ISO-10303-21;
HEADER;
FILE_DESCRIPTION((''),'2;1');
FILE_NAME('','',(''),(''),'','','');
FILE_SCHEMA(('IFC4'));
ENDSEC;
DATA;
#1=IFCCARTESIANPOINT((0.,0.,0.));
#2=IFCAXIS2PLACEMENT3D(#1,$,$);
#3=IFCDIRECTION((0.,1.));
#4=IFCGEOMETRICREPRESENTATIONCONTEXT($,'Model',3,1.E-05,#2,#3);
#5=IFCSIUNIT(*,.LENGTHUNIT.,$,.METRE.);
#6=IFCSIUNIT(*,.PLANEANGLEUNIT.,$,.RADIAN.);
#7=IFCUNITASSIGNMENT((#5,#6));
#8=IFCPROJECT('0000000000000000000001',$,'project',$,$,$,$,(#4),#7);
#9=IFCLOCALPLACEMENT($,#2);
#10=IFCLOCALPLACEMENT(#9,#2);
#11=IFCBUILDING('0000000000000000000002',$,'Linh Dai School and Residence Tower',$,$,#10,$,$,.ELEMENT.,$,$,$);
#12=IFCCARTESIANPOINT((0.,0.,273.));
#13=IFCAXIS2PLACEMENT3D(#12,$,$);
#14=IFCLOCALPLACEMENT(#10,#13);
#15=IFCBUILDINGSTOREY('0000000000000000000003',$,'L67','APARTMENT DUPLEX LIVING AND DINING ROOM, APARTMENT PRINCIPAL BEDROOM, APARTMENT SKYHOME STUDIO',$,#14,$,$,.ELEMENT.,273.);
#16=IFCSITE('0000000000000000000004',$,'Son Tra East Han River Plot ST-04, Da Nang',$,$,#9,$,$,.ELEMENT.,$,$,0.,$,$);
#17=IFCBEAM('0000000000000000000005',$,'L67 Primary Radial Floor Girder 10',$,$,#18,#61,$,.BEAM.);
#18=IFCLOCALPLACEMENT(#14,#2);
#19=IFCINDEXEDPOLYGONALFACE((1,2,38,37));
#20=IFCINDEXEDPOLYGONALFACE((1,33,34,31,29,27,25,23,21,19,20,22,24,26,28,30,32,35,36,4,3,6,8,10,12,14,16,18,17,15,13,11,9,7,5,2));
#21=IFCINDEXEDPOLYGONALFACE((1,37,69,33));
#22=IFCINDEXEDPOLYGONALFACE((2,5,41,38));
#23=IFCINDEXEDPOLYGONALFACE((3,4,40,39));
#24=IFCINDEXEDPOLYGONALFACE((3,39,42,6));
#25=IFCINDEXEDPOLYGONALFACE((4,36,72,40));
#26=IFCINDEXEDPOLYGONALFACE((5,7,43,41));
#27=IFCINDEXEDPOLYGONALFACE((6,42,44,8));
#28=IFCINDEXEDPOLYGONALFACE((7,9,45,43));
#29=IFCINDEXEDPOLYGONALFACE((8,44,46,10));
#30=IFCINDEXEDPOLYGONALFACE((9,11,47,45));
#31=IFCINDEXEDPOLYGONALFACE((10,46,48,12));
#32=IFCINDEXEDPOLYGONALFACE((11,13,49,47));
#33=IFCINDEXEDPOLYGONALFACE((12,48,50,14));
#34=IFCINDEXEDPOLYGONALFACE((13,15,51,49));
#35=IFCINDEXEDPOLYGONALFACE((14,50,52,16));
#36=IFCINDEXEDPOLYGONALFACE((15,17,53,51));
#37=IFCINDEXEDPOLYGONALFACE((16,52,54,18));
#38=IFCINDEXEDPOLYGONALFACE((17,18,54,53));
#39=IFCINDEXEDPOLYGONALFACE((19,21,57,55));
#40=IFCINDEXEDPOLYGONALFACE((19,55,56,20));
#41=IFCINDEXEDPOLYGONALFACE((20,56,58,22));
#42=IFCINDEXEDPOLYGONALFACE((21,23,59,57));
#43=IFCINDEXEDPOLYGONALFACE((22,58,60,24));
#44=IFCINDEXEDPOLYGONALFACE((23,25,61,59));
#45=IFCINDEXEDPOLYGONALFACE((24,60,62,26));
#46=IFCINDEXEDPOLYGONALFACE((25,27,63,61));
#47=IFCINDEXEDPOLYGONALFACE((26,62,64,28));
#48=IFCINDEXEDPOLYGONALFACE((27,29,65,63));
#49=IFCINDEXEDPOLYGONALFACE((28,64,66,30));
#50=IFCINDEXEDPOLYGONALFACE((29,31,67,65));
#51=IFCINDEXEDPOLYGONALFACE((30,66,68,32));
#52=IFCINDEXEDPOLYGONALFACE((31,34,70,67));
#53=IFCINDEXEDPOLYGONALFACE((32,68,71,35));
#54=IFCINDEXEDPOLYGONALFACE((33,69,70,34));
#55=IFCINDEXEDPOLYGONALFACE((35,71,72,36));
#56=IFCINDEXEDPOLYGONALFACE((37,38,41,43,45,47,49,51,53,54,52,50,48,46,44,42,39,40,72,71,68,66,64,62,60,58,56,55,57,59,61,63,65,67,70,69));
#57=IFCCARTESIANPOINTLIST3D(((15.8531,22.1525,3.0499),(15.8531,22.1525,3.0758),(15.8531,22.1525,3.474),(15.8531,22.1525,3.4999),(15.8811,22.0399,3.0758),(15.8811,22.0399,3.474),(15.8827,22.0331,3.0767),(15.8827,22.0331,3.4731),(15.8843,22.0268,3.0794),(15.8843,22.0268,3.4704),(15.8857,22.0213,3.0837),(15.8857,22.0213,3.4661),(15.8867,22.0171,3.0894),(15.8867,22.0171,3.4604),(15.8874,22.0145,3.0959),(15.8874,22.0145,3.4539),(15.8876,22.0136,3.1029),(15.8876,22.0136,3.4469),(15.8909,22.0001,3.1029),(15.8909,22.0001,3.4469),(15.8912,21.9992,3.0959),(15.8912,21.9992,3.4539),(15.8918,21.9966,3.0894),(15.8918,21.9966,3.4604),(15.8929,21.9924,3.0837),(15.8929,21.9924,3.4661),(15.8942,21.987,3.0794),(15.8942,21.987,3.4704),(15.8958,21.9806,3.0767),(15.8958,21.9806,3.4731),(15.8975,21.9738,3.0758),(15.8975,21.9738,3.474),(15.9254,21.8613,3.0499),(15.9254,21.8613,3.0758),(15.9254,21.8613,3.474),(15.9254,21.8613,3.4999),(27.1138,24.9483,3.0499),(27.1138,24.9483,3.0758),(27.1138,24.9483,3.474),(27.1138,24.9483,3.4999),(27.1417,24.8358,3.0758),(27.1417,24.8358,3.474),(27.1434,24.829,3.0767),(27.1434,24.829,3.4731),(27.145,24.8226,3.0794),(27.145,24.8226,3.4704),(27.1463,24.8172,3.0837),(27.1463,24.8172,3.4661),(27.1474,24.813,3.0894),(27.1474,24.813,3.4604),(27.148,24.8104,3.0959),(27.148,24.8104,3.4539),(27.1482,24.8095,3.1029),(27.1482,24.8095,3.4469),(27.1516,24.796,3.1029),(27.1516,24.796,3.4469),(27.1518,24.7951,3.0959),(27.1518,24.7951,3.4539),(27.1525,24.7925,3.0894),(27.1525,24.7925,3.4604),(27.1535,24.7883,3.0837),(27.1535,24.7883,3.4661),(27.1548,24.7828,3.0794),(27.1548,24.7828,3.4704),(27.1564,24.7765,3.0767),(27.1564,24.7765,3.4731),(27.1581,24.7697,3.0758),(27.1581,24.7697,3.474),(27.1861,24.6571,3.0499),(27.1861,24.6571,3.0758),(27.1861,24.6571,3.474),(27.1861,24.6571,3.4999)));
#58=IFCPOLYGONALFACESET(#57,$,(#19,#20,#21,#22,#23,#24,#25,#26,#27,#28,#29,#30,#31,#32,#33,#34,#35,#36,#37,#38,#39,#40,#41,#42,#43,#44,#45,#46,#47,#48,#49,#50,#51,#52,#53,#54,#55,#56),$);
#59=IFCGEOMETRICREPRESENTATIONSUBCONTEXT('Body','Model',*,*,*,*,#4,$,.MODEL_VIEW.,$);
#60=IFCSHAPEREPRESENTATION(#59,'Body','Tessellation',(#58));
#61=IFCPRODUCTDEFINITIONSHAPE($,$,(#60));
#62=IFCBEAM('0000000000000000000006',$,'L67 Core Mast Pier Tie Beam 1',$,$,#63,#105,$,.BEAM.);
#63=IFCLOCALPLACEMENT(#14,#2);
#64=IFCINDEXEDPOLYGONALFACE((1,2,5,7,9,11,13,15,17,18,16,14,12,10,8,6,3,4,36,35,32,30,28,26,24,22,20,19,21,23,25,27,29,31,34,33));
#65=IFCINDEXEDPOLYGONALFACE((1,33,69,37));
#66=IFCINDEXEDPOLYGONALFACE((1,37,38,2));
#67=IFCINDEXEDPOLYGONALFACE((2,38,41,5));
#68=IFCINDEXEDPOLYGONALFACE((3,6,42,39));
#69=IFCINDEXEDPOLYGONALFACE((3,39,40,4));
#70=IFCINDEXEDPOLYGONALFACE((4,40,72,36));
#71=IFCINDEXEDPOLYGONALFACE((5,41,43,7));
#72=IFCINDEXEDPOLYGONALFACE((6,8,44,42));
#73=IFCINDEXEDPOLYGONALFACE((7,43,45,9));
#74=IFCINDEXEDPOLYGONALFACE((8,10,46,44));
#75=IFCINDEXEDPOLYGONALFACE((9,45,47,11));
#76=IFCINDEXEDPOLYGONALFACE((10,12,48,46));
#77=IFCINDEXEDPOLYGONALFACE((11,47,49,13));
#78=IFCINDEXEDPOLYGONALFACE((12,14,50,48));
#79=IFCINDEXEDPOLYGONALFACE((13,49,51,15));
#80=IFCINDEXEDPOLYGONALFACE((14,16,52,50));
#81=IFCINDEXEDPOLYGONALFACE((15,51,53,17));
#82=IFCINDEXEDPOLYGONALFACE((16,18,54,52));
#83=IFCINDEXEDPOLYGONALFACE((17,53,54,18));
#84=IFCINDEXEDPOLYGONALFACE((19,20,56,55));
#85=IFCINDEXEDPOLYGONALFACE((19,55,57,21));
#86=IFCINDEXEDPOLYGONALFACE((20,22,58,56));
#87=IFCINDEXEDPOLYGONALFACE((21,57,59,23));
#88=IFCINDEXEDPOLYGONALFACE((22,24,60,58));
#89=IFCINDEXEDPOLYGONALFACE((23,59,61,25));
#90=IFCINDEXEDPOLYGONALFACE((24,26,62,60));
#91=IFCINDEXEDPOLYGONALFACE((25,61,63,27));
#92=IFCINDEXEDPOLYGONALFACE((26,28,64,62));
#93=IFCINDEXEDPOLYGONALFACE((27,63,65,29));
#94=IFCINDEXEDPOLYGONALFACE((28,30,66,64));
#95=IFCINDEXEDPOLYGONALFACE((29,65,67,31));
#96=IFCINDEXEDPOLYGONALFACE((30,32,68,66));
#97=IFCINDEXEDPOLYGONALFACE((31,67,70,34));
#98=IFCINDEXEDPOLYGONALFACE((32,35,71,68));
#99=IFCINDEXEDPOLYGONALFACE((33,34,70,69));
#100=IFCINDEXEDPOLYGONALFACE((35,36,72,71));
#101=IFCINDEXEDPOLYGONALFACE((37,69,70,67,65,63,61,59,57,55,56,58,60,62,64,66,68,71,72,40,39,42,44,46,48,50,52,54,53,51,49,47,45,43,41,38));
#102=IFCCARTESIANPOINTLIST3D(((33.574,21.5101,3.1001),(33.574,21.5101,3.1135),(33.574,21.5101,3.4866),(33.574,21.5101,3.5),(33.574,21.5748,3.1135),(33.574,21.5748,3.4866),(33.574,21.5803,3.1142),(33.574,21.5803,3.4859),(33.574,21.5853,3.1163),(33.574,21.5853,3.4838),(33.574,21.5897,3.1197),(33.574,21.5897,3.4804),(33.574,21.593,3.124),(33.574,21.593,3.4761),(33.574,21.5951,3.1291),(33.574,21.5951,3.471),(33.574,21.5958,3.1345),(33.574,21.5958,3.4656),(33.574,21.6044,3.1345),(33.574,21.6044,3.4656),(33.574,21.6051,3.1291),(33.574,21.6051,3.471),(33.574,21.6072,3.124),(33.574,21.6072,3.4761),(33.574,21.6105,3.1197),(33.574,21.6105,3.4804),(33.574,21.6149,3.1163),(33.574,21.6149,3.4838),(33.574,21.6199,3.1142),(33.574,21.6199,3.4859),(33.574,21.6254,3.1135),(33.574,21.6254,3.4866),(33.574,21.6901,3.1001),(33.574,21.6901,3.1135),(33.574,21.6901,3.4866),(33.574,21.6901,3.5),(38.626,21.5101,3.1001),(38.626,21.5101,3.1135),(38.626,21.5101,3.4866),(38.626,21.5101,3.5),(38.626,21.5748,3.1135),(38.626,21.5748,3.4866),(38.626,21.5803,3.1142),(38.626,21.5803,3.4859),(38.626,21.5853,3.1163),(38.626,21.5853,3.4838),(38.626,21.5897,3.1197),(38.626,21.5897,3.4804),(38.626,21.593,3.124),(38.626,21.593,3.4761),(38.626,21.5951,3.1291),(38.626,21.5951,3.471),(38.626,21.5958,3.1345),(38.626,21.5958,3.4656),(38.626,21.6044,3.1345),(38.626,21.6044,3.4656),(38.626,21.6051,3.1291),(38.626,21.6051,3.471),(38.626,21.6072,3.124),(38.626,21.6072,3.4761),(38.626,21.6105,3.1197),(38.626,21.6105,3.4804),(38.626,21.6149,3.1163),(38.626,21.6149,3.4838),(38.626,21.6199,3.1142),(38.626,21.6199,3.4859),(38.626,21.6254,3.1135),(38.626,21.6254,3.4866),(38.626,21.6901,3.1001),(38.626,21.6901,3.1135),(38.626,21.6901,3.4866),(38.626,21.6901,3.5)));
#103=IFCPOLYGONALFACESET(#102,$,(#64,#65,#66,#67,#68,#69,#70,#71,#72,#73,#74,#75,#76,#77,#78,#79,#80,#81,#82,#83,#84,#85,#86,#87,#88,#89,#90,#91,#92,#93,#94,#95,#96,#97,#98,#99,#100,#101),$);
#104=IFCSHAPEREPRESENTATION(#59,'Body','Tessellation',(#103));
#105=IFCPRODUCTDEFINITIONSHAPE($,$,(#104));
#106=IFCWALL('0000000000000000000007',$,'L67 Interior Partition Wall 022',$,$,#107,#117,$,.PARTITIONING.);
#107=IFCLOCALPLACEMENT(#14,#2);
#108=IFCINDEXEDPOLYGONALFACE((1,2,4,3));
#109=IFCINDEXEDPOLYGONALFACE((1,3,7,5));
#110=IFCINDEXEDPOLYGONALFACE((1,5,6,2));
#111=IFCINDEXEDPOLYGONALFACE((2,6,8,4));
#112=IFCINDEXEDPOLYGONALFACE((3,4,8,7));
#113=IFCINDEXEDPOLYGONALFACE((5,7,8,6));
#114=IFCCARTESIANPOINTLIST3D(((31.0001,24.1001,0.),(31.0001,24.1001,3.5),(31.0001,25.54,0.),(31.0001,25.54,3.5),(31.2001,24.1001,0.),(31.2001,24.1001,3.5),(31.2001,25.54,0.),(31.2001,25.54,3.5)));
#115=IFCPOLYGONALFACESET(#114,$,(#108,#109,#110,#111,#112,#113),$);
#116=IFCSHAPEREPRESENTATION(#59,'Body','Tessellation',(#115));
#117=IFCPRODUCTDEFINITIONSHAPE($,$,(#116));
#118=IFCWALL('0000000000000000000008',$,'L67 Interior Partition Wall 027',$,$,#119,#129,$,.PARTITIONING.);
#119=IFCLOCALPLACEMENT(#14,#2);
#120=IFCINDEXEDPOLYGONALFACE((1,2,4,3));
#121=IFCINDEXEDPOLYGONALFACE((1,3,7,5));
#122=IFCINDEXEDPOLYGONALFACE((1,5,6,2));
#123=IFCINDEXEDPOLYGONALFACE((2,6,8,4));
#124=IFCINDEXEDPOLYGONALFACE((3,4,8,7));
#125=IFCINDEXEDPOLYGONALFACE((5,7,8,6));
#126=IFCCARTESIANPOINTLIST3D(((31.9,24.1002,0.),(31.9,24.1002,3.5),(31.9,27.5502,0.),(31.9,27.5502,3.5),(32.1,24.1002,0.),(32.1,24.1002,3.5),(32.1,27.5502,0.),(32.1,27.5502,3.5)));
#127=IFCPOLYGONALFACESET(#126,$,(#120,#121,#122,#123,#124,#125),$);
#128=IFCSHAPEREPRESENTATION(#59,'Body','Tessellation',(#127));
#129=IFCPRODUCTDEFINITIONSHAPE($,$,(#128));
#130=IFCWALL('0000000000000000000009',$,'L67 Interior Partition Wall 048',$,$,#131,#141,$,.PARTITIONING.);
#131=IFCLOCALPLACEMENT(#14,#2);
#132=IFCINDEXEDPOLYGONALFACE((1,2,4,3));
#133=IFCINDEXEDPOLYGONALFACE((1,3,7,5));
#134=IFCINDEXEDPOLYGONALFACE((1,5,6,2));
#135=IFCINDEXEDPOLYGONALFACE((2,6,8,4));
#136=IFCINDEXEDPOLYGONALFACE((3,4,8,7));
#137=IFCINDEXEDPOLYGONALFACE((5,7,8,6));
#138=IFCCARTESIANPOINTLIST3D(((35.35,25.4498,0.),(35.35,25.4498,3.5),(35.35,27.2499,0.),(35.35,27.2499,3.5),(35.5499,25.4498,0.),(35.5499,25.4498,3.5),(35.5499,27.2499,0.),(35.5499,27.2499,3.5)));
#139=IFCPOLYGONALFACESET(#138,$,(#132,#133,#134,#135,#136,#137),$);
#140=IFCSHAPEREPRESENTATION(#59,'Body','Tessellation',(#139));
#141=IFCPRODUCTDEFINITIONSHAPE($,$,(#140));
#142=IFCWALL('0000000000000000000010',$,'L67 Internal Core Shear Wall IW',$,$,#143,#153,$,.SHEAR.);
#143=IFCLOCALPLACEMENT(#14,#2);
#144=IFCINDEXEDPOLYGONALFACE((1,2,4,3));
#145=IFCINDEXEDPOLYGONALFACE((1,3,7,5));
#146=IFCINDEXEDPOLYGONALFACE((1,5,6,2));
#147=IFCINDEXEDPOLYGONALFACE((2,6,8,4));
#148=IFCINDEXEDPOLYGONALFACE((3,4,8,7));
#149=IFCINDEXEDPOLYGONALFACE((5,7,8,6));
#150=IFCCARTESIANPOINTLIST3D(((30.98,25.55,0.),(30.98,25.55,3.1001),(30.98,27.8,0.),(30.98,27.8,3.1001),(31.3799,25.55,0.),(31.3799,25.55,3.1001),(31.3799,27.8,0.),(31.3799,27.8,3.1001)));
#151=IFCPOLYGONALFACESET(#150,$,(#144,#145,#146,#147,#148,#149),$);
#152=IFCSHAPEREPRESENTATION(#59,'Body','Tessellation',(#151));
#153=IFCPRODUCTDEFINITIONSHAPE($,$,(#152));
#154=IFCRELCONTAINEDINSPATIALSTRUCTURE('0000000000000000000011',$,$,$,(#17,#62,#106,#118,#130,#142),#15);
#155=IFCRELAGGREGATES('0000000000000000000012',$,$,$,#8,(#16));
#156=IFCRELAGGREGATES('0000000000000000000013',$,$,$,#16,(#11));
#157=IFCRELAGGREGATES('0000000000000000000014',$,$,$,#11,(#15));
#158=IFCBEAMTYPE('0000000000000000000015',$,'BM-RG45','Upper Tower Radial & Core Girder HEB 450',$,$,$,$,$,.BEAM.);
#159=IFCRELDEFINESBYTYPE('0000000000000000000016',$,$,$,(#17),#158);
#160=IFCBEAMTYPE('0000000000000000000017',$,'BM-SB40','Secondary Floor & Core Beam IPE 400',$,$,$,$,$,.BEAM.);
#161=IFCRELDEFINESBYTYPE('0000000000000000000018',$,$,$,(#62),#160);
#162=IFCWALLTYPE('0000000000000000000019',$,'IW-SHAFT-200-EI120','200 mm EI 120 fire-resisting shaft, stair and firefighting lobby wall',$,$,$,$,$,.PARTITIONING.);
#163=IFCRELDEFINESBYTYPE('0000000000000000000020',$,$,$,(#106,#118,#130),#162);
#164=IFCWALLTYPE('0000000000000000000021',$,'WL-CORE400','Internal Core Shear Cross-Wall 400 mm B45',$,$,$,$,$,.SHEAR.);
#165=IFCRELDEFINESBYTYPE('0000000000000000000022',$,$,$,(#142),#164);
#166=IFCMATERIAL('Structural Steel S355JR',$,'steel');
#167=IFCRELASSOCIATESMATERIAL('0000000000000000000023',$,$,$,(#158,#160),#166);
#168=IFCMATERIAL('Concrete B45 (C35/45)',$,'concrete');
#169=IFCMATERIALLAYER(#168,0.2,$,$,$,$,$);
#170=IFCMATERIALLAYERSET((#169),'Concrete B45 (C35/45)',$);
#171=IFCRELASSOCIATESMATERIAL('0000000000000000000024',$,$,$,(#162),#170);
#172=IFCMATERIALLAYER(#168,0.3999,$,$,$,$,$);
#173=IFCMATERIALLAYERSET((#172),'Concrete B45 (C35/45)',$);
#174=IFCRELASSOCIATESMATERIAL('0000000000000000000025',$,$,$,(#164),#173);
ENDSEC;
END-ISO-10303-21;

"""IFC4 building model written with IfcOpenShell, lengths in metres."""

from ifc_helpers import new_model, si_unit, direction, frame, frame_2d, origin, origin_2d, place, context, subcontext, project, spatial, rectangle, i_section, extrude, material, layer, layer_set, material_profile, profile_set, type_object, element, save


model = new_model("IFC4")

# Units and contexts
model_context = context("Model", 3, precision=1e-05, world=origin(), true_north=direction((0.0, 1.0)))
body_context = subcontext(model_context, "Body", "Model", "MODEL_VIEW")
ifc_project = project(units=[si_unit("LENGTHUNIT", "METRE"), si_unit("PLANEANGLEUNIT", "RADIAN")], contexts=[model_context])

# Site, building, storey
site_placement = place(None, origin())
site = spatial("IfcSite", under=ifc_project, at=site_placement, Name="Son Tra East Han River Plot ST-04, Da Nang", CompositionType="ELEMENT", RefElevation=0.0)
building_placement = place(site_placement, origin())
building = spatial("IfcBuilding", under=site, at=building_placement, Name="Linh Dai School and Residence Tower", CompositionType="ELEMENT")
storey_placement = place(building_placement, frame((0.0, 0.0, 273.0)))
storey = spatial("IfcBuildingStorey", under=building, at=storey_placement, Name="L67", Description="APARTMENT DUPLEX LIVING AND DINING ROOM, APARTMENT PRINCIPAL BEDROOM, APARTMENT SKYHOME STUDIO", CompositionType="ELEMENT", Elevation=273.0)

# Shared definitions
ifc_material_1 = material(Name="Structural Steel S355JR", Category="steel")

# Beams
ifc_material_profile_1 = material_profile(ifc_material_1, i_section(OverallWidth=0.3, OverallDepth=0.45, WebThickness=0.0139, FlangeThickness=0.0259, FilletRadius=0.0271, at=origin_2d()), Name="HEB 450")
ifc_profile_set_1 = profile_set([ifc_material_profile_1], Name="Structural Steel S355JR")
beam_type_1 = type_object("IfcBeamType", Name="BM-RG45", Description="Upper Tower Radial & Core Girder HEB 450", PredefinedType="BEAM", material=ifc_profile_set_1)
beam_1_placement = place(storey_placement, frame((27.1499, 24.8027, 3.2749), z_axis=(-0.970532, -0.240971, 0.0), x_axis=(0.240971, -0.970532, 0.0)))
element("IfcBeam", 1, at=beam_1_placement, inside=storey, type_object=beam_type_1, Name="L67 Primary Radial Floor Girder 10", PredefinedType="BEAM", context=body_context, shape_type="SweptSolid", body=[
    extrude(i_section(OverallWidth=0.3, OverallDepth=0.45, WebThickness=0.0139, FlangeThickness=0.0259, FilletRadius=0.0271, at=origin_2d()), origin(), (0.0, 0.0, 1.0), 11.6025),
])
ifc_material_profile_2 = material_profile(ifc_material_1, i_section(OverallWidth=0.1799, OverallDepth=0.3999, WebThickness=0.0085, FlangeThickness=0.0134, FilletRadius=0.021, at=origin_2d()), Name="IPE 400")
ifc_profile_set_2 = profile_set([ifc_material_profile_2], Name="Structural Steel S355JR")
beam_type_2 = type_object("IfcBeamType", Name="BM-SB40", Description="Secondary Floor & Core Beam IPE 400", PredefinedType="BEAM", material=ifc_profile_set_2)
beam_2_placement = place(storey_placement, frame((33.574, 21.6001, 3.3), z_axis=(1.0, 0.0, 0.0), x_axis=(0.0, 1.0, 0.0)))
element("IfcBeam", 2, at=beam_2_placement, inside=storey, type_object=beam_type_2, Name="L67 Core Mast Pier Tie Beam 1", PredefinedType="BEAM", context=body_context, shape_type="SweptSolid", body=[
    extrude(i_section(OverallWidth=0.1799, OverallDepth=0.3999, WebThickness=0.0085, FlangeThickness=0.0134, FilletRadius=0.021, at=origin_2d()), origin(), (0.0, 0.0, 1.0), 5.052),
])

# Shared definitions
ifc_material_2 = material(Name="Concrete B45 (C35/45)", Category="concrete")
ifc_layer_1 = layer(ifc_material_2, 0.2)
ifc_layer_set_1 = layer_set([ifc_layer_1], Name="Concrete B45 (C35/45)")
wall_type_1 = type_object("IfcWallType", Name="IW-SHAFT-200-EI120", Description="200 mm EI 120 fire-resisting shaft, stair and firefighting lobby wall", PredefinedType="PARTITIONING", material=ifc_layer_set_1)

# Walls
wall_1_placement = place(storey_placement, frame((31.1001, 24.1001, 0.0), z_axis=(0.0, 0.0, 1.0), x_axis=(0.0, 1.0, 0.0)))
element("IfcWall", 3, at=wall_1_placement, inside=storey, type_object=wall_type_1, Name="L67 Interior Partition Wall 022", PredefinedType="PARTITIONING", context=body_context, shape_type="SweptSolid", body=[
    extrude(rectangle(XDim=1.4399, YDim=0.2, at=frame_2d((0.72, 0.0))), origin(), (0.0, 0.0, 1.0), 3.5),
])
wall_2_placement = place(storey_placement, frame((32.0, 24.1001, 0.0), z_axis=(0.0, 0.0, 1.0), x_axis=(0.0, 1.0, 0.0)))
element("IfcWall", 4, at=wall_2_placement, inside=storey, type_object=wall_type_1, Name="L67 Interior Partition Wall 027", PredefinedType="PARTITIONING", context=body_context, shape_type="SweptSolid", body=[
    extrude(rectangle(XDim=3.45, YDim=0.2, at=frame_2d((1.7251, 0.0))), origin(), (0.0, 0.0, 1.0), 3.5),
])

# Wall
wall_3_placement = place(storey_placement, frame((35.45, 25.45, 0.0), z_axis=(0.0, 0.0, 1.0), x_axis=(0.0, 1.0, 0.0)))
element("IfcWall", 5, at=wall_3_placement, inside=storey, type_object=wall_type_1, Name="L67 Interior Partition Wall 048", PredefinedType="PARTITIONING", context=body_context, shape_type="SweptSolid", body=[
    extrude(rectangle(XDim=1.8, YDim=0.2, at=frame_2d((0.8999, 0.0))), origin(), (0.0, 0.0, 1.0), 3.5),
])

# Wall
ifc_layer_2 = layer(ifc_material_2, 0.3999)
ifc_layer_set_2 = layer_set([ifc_layer_2], Name="Concrete B45 (C35/45)")
wall_type_2 = type_object("IfcWallType", Name="WL-CORE400", Description="Internal Core Shear Cross-Wall 400 mm B45", PredefinedType="SHEAR", material=ifc_layer_set_2)
wall_4_placement = place(storey_placement, frame((31.1799, 25.55, 0.0), z_axis=(0.0, 0.0, 1.0), x_axis=(0.0, 1.0, 0.0)))
element("IfcWall", 6, at=wall_4_placement, inside=storey, type_object=wall_type_2, Name="L67 Internal Core Shear Wall IW", PredefinedType="SHEAR", context=body_context, shape_type="SweptSolid", body=[
    extrude(rectangle(XDim=2.25, YDim=0.3999, at=frame_2d((1.125, 0.0))), origin(), (0.0, 0.0, 1.0), 3.1001),
])

save(model, "model.ifc")
